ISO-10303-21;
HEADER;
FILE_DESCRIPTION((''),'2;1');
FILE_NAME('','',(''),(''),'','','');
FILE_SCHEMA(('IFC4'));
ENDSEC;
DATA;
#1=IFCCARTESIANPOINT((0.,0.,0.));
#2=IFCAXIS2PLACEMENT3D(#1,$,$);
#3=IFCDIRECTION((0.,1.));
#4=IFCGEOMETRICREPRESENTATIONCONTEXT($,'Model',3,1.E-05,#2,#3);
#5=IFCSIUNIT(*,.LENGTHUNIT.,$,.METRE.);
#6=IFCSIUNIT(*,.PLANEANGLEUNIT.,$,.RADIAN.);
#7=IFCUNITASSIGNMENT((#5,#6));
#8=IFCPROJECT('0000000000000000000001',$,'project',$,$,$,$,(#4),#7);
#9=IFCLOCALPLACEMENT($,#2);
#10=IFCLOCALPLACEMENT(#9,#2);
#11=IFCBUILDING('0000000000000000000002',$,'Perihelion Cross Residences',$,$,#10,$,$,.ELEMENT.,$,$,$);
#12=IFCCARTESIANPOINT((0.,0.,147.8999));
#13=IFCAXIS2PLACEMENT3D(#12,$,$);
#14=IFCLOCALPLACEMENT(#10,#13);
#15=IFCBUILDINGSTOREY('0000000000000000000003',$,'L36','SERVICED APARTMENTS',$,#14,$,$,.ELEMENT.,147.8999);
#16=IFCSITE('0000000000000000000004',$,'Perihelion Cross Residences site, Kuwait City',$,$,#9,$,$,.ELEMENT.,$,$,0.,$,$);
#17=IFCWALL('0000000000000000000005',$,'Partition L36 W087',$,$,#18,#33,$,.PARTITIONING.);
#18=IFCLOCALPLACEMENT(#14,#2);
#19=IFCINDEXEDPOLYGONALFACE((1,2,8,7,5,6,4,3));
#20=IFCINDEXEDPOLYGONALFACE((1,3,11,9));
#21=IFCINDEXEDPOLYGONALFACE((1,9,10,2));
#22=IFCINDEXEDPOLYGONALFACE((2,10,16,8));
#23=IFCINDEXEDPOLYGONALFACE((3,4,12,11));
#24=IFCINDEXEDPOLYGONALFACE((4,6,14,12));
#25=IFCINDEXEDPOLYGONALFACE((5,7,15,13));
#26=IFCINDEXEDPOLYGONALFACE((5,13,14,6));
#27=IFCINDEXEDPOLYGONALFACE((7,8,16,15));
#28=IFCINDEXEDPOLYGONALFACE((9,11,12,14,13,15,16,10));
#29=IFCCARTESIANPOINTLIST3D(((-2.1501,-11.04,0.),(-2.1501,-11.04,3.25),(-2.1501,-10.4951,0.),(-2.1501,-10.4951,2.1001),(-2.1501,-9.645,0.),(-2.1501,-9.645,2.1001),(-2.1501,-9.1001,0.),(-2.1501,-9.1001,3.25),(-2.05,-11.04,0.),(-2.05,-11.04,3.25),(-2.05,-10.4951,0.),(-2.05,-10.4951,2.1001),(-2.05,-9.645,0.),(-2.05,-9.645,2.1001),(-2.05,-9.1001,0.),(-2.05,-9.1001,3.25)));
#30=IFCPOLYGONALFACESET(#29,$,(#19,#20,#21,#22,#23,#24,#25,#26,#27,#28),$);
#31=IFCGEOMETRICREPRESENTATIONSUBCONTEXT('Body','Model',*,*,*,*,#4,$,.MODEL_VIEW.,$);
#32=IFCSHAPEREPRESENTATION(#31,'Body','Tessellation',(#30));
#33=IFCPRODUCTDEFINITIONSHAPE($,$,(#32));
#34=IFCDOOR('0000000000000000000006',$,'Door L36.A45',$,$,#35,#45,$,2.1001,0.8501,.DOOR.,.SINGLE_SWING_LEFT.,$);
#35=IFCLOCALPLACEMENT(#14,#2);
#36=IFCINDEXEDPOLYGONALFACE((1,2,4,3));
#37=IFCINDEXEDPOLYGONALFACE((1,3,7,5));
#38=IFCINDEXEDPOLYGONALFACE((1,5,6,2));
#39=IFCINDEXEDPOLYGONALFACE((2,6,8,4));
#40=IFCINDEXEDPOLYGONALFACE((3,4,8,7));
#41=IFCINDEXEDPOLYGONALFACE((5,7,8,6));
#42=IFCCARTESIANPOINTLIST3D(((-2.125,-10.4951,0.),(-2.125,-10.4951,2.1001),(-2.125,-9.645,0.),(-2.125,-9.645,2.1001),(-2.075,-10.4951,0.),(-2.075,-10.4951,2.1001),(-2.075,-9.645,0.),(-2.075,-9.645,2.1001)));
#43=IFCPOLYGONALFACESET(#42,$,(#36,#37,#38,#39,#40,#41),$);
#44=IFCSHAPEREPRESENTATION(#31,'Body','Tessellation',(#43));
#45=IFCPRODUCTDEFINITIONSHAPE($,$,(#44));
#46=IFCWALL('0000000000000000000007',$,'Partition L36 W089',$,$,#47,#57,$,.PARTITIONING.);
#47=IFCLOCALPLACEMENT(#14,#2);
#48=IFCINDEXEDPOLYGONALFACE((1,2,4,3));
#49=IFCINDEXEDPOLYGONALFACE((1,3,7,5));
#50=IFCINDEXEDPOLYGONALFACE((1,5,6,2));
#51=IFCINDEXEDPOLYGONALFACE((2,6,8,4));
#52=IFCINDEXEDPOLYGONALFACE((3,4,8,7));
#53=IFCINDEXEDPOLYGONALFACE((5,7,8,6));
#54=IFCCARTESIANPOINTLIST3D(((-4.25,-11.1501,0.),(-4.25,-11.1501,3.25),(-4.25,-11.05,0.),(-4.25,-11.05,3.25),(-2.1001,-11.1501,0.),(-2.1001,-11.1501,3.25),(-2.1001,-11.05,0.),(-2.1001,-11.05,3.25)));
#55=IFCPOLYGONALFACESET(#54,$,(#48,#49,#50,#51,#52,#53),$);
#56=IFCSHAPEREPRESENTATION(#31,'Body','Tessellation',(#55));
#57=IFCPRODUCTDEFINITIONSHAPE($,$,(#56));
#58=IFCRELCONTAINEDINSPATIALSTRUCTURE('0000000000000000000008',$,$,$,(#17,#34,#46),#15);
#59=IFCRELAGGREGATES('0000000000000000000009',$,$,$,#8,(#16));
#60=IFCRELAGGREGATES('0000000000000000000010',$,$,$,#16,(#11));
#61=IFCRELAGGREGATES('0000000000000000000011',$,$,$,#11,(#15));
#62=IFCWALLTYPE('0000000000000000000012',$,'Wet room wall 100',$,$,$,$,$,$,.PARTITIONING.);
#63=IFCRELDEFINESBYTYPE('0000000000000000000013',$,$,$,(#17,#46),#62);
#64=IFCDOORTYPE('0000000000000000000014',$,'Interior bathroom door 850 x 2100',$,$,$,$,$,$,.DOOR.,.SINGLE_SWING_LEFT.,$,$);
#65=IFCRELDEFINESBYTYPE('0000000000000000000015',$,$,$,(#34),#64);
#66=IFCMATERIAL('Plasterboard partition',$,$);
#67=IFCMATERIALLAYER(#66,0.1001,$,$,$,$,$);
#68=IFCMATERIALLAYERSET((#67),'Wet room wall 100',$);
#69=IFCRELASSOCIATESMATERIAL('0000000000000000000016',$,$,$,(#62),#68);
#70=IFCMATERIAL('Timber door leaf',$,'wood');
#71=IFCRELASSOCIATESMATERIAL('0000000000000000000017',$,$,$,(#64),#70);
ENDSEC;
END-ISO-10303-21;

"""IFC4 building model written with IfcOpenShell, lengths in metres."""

from ifc_helpers import new_model, si_unit, direction, frame, frame_2d, origin, place, context, subcontext, project, spatial, rectangle, extrude, material, layer, layer_set, type_object, element, fill, save


model = new_model("IFC4")

# Units and contexts
model_context = context("Model", 3, precision=1e-05, world=origin(), true_north=direction((0.0, 1.0)))
body_context = subcontext(model_context, "Body", "Model", "MODEL_VIEW")
ifc_project = project(units=[si_unit("LENGTHUNIT", "METRE"), si_unit("PLANEANGLEUNIT", "RADIAN")], contexts=[model_context])

# Site, building, storey
site_placement = place(None, origin())
site = spatial("IfcSite", under=ifc_project, at=site_placement, Name="Perihelion Cross Residences site, Kuwait City", CompositionType="ELEMENT", RefElevation=0.0)
building_placement = place(site_placement, origin())
building = spatial("IfcBuilding", under=site, at=building_placement, Name="Perihelion Cross Residences", CompositionType="ELEMENT")
storey_placement = place(building_placement, frame((0.0, 0.0, 147.8999)))
storey = spatial("IfcBuildingStorey", under=building, at=storey_placement, Name="L36", Description="SERVICED APARTMENTS", CompositionType="ELEMENT", Elevation=147.8999)

# Wall, opening, door
ifc_material_1 = material(Name="Plasterboard partition")
ifc_layer_1 = layer(ifc_material_1, 0.1001)
ifc_layer_set_1 = layer_set([ifc_layer_1], Name="Wet room wall 100")
wall_type_1 = type_object("IfcWallType", Name="Wet room wall 100", PredefinedType="PARTITIONING", material=ifc_layer_set_1)
wall_1_placement = place(storey_placement, frame((-2.1001, -11.04, 0.0), z_axis=(0.0, 0.0, 1.0), x_axis=(0.0, 1.0, 0.0)))
wall_1 = element("IfcWall", 1, at=wall_1_placement, inside=storey, type_object=wall_type_1, Name="Partition L36 W087", PredefinedType="PARTITIONING", context=body_context, shape_type="SweptSolid", body=[
    extrude(rectangle(XDim=1.9399, YDim=0.1001, at=frame_2d((0.97, 0.0))), origin(), (0.0, 0.0, 1.0), 3.25),
])
opening_1_placement = place(wall_1_placement, frame((0.5449, 0.0, 0.0)))
opening_1 = element("IfcOpeningElement", 2, at=opening_1_placement, cuts=wall_1, PredefinedType="OPENING", context=body_context, shape_type="SweptSolid", body=[
    extrude(rectangle(XDim=0.8501, YDim=2.1001, at=frame_2d((0.425, 1.05))), frame((0.0, 0.0601, 0.0), z_axis=(0.0, -1.0, 0.0), x_axis=(1.0, 0.0, 0.0)), (0.0, 0.0, 1.0), 0.1201),
])
ifc_material_2 = material(Name="Timber door leaf", Category="wood")
door_type_1 = type_object("IfcDoorType", Name="Interior bathroom door 850 x 2100", OperationType="SINGLE_SWING_LEFT", PredefinedType="DOOR", material=ifc_material_2)
door_1_placement = place(opening_1_placement, origin())
door_1 = element("IfcDoor", 3, at=door_1_placement, inside=storey, type_object=door_type_1, Name="Door L36.A45", OperationType="SINGLE_SWING_LEFT", OverallHeight=2.1001, OverallWidth=0.8501, PredefinedType="DOOR", context=body_context, shape_type="SweptSolid", body=[
    extrude(rectangle(XDim=0.8501, YDim=2.1001, at=frame_2d((0.425, 1.05))), frame((0.0, 0.0249, 0.0), z_axis=(0.0, -1.0, 0.0), x_axis=(1.0, 0.0, 0.0)), (0.0, 0.0, 1.0), 0.05),
])
fill(opening_1, door_1)

# Wall
wall_2_placement = place(storey_placement, frame((-2.1001, -11.1001, 0.0), z_axis=(0.0, 0.0, 1.0), x_axis=(-1.0, 0.0, 0.0)))
element("IfcWall", 4, at=wall_2_placement, inside=storey, type_object=wall_type_1, Name="Partition L36 W089", PredefinedType="PARTITIONING", context=body_context, shape_type="SweptSolid", body=[
    extrude(rectangle(XDim=2.1499, YDim=0.1001, at=frame_2d((1.075, 0.0))), origin(), (0.0, 0.0, 1.0), 3.25),
])

save(model, "model.ifc")
